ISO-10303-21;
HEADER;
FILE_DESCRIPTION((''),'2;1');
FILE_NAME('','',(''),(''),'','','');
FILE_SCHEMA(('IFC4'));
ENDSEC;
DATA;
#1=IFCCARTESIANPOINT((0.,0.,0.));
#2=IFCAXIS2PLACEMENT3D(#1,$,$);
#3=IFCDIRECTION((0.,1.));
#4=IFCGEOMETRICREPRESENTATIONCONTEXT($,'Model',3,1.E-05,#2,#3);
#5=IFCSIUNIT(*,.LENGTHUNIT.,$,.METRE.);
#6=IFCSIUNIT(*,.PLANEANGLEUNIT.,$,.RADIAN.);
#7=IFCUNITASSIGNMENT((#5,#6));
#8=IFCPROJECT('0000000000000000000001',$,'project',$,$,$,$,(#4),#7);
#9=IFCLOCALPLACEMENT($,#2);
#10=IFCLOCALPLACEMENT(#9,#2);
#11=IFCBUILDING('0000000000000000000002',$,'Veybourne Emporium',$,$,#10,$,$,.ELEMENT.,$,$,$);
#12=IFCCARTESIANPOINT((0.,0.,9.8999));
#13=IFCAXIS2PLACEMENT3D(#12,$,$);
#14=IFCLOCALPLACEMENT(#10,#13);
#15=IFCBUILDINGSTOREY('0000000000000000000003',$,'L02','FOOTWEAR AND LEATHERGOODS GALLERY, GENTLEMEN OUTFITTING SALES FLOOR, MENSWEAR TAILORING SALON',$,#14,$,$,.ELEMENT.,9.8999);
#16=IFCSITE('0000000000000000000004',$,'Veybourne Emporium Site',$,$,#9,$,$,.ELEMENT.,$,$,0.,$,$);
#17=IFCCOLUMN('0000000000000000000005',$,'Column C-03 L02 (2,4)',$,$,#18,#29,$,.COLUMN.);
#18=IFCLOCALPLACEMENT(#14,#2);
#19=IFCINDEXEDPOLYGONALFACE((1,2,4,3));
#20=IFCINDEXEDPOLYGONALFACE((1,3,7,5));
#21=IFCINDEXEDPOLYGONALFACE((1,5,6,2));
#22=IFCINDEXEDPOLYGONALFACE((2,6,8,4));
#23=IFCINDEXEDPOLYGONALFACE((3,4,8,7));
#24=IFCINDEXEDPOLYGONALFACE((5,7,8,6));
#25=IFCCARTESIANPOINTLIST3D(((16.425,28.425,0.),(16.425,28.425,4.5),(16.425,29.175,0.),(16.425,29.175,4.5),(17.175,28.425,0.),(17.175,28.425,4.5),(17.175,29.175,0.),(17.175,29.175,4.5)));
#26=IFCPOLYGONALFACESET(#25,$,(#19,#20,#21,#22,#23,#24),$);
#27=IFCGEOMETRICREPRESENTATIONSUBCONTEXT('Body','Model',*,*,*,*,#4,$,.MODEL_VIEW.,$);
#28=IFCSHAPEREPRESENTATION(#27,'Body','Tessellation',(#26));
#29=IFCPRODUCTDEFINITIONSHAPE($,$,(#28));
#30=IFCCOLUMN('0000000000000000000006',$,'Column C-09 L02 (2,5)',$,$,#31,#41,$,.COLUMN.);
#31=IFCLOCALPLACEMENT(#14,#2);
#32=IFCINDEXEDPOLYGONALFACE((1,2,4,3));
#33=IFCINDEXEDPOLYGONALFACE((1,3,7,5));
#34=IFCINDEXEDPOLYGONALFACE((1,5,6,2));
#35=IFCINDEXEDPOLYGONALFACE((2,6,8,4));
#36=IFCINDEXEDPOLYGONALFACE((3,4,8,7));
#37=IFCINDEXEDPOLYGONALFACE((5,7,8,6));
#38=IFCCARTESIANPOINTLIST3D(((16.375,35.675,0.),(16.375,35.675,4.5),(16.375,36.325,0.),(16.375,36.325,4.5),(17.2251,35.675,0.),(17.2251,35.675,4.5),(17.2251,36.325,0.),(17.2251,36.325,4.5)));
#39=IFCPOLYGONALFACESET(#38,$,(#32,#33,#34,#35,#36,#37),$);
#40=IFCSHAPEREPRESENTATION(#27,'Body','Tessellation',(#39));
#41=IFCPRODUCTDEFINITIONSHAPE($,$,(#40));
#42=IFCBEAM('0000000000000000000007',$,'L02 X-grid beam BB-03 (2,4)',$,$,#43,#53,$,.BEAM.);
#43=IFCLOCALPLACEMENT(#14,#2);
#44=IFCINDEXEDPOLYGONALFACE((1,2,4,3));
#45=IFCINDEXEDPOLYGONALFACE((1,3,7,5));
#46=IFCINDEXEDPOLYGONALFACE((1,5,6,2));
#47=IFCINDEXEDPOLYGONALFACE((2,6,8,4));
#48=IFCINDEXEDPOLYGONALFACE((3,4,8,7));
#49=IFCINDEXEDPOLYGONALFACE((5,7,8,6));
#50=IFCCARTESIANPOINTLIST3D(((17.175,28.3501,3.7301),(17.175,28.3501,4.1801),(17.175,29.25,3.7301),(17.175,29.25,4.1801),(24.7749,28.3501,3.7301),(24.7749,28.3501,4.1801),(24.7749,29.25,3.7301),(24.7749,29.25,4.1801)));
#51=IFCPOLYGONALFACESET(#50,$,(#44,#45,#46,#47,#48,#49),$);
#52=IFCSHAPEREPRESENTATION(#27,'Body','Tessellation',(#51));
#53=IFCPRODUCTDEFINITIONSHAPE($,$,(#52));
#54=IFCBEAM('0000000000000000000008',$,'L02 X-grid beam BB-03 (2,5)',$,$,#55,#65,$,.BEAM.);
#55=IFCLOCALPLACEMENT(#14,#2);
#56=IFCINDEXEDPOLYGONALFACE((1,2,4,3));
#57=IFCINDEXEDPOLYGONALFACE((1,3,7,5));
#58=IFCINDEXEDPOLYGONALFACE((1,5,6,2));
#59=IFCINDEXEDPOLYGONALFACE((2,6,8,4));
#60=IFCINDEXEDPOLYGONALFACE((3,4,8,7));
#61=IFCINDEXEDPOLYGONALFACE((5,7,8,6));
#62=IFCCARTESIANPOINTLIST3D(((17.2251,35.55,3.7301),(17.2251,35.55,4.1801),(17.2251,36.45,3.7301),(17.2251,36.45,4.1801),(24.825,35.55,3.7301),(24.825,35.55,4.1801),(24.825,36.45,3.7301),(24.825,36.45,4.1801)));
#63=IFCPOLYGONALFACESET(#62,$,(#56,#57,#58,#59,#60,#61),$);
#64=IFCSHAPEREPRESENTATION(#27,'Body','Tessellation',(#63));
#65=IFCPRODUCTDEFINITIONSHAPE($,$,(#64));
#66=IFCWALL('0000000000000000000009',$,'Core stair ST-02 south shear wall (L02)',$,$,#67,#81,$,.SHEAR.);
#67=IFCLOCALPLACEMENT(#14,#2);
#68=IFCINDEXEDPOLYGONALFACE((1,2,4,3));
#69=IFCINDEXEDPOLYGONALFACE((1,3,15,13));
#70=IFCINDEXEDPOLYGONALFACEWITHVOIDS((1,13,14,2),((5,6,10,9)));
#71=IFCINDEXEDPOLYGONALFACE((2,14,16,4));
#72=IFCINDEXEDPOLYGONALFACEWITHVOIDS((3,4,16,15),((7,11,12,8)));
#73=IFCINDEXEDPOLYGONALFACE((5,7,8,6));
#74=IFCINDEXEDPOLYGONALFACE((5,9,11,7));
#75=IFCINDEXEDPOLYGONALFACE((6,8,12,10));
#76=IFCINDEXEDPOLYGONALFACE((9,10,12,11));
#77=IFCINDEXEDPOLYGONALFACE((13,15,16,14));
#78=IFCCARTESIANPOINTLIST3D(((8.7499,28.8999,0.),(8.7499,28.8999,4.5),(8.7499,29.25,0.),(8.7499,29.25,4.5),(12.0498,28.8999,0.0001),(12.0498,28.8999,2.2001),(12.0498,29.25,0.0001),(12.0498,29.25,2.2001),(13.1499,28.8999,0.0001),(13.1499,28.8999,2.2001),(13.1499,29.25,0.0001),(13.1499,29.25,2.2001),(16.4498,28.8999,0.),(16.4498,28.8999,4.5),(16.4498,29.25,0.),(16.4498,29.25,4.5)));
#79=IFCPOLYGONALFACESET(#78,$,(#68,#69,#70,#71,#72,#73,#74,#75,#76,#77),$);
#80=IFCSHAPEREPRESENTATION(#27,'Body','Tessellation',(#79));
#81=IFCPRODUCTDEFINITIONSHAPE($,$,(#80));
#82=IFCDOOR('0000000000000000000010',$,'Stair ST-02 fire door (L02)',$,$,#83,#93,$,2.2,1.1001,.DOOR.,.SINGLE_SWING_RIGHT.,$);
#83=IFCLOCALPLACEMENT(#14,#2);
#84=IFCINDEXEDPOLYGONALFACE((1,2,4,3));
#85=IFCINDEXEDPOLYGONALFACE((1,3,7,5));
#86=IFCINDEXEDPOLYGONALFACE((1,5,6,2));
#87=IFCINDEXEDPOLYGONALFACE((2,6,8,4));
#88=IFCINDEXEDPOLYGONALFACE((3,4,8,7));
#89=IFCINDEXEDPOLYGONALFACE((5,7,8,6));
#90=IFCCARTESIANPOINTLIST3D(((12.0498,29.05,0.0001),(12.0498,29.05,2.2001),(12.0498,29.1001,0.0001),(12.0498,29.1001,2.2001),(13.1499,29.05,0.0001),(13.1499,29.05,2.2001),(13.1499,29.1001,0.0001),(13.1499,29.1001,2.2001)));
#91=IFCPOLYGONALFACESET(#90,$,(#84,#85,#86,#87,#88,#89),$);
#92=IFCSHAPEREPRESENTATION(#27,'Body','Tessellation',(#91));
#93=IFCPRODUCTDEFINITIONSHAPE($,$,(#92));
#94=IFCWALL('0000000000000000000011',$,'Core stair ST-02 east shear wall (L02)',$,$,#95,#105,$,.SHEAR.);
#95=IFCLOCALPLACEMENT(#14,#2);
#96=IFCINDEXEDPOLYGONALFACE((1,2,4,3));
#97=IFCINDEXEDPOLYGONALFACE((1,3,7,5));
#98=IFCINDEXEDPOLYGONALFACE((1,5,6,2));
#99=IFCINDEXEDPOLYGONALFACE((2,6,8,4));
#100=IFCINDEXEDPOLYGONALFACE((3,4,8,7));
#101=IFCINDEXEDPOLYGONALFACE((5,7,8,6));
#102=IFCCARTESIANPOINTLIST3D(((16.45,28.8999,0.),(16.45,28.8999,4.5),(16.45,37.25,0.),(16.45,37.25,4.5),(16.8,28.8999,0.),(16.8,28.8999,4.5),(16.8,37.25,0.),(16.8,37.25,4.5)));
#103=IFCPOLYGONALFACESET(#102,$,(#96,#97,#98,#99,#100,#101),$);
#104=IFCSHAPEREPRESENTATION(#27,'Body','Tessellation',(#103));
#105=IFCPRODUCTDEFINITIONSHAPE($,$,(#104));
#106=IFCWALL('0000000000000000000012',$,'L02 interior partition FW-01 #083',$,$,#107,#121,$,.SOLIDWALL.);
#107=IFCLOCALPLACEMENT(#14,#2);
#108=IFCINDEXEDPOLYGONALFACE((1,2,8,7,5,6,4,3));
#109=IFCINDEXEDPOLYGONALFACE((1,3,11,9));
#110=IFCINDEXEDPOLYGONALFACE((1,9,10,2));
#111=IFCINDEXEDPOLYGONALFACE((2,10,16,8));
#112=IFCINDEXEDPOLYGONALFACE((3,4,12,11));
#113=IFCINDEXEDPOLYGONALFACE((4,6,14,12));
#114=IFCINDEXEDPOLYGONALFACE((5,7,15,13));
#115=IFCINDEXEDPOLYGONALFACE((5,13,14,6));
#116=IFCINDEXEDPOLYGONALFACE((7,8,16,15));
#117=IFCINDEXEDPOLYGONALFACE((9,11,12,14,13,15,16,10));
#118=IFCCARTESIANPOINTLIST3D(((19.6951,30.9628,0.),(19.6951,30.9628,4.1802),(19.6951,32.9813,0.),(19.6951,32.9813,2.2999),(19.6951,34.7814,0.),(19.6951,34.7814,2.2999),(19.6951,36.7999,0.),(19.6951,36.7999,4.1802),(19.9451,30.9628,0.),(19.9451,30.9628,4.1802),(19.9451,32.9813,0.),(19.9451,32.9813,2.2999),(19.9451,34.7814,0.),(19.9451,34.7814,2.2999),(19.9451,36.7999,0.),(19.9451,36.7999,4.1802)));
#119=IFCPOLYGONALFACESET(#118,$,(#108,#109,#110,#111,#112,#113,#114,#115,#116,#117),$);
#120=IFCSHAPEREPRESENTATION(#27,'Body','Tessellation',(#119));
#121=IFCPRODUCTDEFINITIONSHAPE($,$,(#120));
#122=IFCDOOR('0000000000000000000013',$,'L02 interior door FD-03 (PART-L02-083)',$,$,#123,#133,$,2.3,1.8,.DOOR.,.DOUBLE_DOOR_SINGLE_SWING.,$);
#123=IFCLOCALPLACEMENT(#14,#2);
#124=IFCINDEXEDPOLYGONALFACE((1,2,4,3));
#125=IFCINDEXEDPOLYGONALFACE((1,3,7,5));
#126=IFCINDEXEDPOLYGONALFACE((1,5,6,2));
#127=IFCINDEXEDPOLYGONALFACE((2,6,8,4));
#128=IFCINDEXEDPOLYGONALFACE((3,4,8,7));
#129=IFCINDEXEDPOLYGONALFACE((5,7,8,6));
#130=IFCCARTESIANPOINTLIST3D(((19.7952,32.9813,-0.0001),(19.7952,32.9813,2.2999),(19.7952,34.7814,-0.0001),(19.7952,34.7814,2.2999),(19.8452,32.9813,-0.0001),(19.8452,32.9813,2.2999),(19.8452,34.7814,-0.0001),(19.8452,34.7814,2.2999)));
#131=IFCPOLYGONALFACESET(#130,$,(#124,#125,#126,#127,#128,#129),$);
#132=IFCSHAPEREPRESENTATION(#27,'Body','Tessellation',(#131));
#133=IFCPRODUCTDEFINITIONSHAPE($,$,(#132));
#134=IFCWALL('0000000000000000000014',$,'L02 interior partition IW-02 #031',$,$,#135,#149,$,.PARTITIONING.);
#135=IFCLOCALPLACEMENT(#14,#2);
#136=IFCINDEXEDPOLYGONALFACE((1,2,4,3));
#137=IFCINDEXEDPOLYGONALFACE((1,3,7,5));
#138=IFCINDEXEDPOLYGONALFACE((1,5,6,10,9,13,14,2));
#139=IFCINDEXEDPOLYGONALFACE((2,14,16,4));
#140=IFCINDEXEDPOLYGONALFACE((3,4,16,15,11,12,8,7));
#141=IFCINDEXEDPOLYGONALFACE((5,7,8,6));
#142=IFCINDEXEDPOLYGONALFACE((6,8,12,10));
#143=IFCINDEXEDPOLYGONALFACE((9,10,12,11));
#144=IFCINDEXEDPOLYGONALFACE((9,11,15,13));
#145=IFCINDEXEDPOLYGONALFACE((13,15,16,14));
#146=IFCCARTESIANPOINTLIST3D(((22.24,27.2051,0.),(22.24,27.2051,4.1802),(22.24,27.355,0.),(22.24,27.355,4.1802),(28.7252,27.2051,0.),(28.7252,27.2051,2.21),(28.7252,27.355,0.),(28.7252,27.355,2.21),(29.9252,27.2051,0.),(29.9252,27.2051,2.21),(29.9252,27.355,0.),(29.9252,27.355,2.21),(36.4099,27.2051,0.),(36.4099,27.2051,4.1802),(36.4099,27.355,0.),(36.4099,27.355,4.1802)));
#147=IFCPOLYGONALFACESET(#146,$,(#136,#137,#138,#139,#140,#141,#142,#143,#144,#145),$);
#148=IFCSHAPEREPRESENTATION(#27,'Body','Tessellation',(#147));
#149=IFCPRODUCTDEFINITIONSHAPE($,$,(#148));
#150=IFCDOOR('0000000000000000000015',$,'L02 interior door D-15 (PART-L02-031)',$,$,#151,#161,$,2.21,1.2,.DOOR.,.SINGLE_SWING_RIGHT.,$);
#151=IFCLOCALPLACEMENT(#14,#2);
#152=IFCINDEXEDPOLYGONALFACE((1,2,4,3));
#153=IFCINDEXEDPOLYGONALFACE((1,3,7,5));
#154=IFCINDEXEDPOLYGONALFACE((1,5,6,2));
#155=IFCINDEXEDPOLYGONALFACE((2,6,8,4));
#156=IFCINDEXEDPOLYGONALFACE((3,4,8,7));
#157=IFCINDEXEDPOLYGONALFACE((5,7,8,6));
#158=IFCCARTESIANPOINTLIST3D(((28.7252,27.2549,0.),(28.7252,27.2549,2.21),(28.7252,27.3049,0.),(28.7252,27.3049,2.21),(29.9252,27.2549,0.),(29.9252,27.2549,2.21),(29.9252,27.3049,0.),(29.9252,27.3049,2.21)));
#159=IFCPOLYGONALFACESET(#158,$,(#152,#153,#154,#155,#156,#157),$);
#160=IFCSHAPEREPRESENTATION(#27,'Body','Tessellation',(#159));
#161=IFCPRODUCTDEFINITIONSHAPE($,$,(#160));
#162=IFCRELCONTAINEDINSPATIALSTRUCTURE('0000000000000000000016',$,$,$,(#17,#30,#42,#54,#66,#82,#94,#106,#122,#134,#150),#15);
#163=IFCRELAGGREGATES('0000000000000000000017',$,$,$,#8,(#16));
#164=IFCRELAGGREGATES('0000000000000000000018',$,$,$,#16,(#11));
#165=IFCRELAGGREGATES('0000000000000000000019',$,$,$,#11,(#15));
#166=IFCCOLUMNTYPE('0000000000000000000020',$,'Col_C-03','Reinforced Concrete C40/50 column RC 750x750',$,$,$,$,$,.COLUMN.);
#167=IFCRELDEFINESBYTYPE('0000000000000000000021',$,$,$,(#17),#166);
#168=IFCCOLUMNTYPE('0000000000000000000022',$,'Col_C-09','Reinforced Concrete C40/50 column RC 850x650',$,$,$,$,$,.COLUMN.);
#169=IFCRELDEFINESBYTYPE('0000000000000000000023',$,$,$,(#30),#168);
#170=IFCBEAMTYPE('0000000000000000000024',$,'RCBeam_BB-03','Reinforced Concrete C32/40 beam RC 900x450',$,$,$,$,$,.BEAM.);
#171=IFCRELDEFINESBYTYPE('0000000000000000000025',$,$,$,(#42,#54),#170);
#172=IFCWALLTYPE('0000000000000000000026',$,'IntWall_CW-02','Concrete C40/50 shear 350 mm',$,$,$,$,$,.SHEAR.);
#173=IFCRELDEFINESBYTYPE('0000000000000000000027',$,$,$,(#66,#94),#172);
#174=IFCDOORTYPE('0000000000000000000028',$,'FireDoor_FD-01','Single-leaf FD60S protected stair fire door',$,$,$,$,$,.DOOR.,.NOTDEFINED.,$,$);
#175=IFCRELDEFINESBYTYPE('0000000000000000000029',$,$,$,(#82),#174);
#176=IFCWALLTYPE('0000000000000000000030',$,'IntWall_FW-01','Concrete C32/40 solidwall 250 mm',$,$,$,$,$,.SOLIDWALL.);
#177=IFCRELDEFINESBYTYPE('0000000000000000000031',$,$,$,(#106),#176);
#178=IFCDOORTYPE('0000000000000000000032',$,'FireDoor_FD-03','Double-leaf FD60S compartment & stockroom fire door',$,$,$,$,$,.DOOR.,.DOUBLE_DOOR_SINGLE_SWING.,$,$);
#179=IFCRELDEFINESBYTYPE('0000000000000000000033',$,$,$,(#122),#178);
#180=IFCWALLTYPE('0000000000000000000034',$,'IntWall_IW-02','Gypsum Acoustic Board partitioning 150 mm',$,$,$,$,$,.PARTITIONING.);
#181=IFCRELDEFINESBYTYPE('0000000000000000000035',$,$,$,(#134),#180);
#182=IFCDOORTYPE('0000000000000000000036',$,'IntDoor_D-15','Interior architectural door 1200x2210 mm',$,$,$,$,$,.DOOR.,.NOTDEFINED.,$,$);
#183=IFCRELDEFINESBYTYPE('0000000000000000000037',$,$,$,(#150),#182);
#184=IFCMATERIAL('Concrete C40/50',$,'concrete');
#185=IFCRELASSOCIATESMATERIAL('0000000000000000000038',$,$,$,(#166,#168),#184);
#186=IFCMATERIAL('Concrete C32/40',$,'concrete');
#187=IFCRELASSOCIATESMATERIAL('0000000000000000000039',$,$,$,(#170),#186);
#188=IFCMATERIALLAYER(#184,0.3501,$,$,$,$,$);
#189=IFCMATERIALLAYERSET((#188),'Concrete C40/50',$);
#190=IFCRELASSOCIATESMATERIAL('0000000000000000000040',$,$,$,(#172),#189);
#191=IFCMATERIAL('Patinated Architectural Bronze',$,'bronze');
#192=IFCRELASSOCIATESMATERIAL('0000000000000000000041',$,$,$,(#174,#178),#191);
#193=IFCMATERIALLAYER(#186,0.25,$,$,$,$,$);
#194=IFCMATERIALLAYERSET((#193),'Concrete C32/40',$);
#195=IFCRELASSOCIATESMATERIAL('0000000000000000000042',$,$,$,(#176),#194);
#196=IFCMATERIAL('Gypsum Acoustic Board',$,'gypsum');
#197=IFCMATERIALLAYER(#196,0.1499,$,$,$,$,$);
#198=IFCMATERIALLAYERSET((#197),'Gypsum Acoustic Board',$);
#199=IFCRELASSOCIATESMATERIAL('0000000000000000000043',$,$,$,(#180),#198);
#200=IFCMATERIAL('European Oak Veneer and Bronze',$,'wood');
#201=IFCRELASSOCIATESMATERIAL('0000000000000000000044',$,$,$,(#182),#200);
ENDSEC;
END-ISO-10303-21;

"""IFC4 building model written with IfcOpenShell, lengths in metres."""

from ifc_helpers import new_model, si_unit, direction, frame, frame_2d, origin, origin_2d, place, context, subcontext, project, spatial, rectangle, extrude, material, layer, layer_set, material_profile, profile_set, type_object, element, fill, save


model = new_model("IFC4")

# Units and contexts
model_context = context("Model", 3, precision=1e-05, world=origin(), true_north=direction((0.0, 1.0)))
body_context = subcontext(model_context, "Body", "Model", "MODEL_VIEW")
ifc_project = project(units=[si_unit("LENGTHUNIT", "METRE"), si_unit("PLANEANGLEUNIT", "RADIAN")], contexts=[model_context])

# Site, building, storey
site_placement = place(None, origin())
site = spatial("IfcSite", under=ifc_project, at=site_placement, Name="Veybourne Emporium Site", CompositionType="ELEMENT", RefElevation=0.0)
building_placement = place(site_placement, origin())
building = spatial("IfcBuilding", under=site, at=building_placement, Name="Veybourne Emporium", CompositionType="ELEMENT")
storey_placement = place(building_placement, frame((0.0, 0.0, 9.8999)))
storey = spatial("IfcBuildingStorey", under=building, at=storey_placement, Name="L02", Description="FOOTWEAR AND LEATHERGOODS GALLERY, GENTLEMEN OUTFITTING SALES FLOOR, MENSWEAR TAILORING SALON", CompositionType="ELEMENT", Elevation=9.8999)

# Columns
ifc_material_1 = material(Name="Concrete C40/50", Category="concrete")
ifc_material_profile_1 = material_profile(ifc_material_1, rectangle(XDim=0.75, YDim=0.75, at=origin_2d()), Name="RC 750x750")
ifc_profile_set_1 = profile_set([ifc_material_profile_1], Name="Concrete C40/50")
column_type_1 = type_object("IfcColumnType", Name="Col_C-03", Description="Reinforced Concrete C40/50 column RC 750x750", PredefinedType="COLUMN", material=ifc_profile_set_1)
column_1_placement = place(storey_placement, frame((16.8, 28.8, 0.0), z_axis=(0.0, 0.0, 1.0), x_axis=(1.0, 0.0, 0.0)))
element("IfcColumn", 1, at=column_1_placement, inside=storey, type_object=column_type_1, Name="Column C-03 L02 (2,4)", PredefinedType="COLUMN", context=body_context, shape_type="SweptSolid", body=[
    extrude(rectangle(XDim=0.75, YDim=0.75, at=origin_2d()), origin(), (0.0, 0.0, 1.0), 4.5),
])
ifc_material_profile_2 = material_profile(ifc_material_1, rectangle(XDim=0.8501, YDim=0.6499, at=origin_2d()), Name="RC 850x650")
ifc_profile_set_2 = profile_set([ifc_material_profile_2], Name="Concrete C40/50")
column_type_2 = type_object("IfcColumnType", Name="Col_C-09", Description="Reinforced Concrete C40/50 column RC 850x650", PredefinedType="COLUMN", material=ifc_profile_set_2)
column_2_placement = place(storey_placement, frame((16.8, 36.0, 0.0), z_axis=(0.0, 0.0, 1.0), x_axis=(1.0, 0.0, 0.0)))
element("IfcColumn", 2, at=column_2_placement, inside=storey, type_object=column_type_2, Name="Column C-09 L02 (2,5)", PredefinedType="COLUMN", context=body_context, shape_type="SweptSolid", body=[
    extrude(rectangle(XDim=0.8501, YDim=0.6499, at=origin_2d()), origin(), (0.0, 0.0, 1.0), 4.5),
])

# Beams
ifc_material_2 = material(Name="Concrete C32/40", Category="concrete")
ifc_material_profile_3 = material_profile(ifc_material_2, rectangle(XDim=0.8999, YDim=0.45, at=origin_2d()), Name="RC 900x450")
ifc_profile_set_3 = profile_set([ifc_material_profile_3], Name="Concrete C32/40")
beam_type = type_object("IfcBeamType", Name="RCBeam_BB-03", Description="Reinforced Concrete C32/40 beam RC 900x450", PredefinedType="BEAM", material=ifc_profile_set_3)
for number, where, z_axis, x_axis, name in (
    (3, (17.175, 28.8, 3.9551), (1.0, 0.0, 0.0), (0.0, 1.0, 0.0), "L02 X-grid beam BB-03 (2,4)"),
    (4, (17.2251, 36.0, 3.9551), (1.0, 0.0, 0.0), (0.0, 1.0, 0.0), "L02 X-grid beam BB-03 (2,5)"),
):
    element("IfcBeam", number, at=place(storey_placement, frame(where, z_axis=z_axis, x_axis=x_axis)), inside=storey, type_object=beam_type, Name=name, PredefinedType="BEAM", context=body_context, shape_type="SweptSolid", body=[
        extrude(rectangle(XDim=0.8999, YDim=0.45, at=origin_2d()), origin(), (0.0, 0.0, 1.0), 7.5999),
    ])

# Wall, opening, door
ifc_layer_1 = layer(ifc_material_1, 0.3501)
ifc_layer_set_1 = layer_set([ifc_layer_1], Name="Concrete C40/50")
wall_type_1 = type_object("IfcWallType", Name="IntWall_CW-02", Description="Concrete C40/50 shear 350 mm", PredefinedType="SHEAR", material=ifc_layer_set_1)
wall_1_placement = place(storey_placement, frame((16.45, 29.075, 0.0), z_axis=(0.0, 0.0, 1.0), x_axis=(-1.0, 0.0, 0.0)))
wall_1 = element("IfcWall", 5, at=wall_1_placement, inside=storey, type_object=wall_type_1, Name="Core stair ST-02 south shear wall (L02)", PredefinedType="SHEAR", context=body_context, shape_type="SweptSolid", body=[
    extrude(rectangle(XDim=7.7, YDim=0.3501, at=frame_2d((3.8501, 0.0))), origin(), (0.0, 0.0, 1.0), 4.5),
])
opening_1_placement = place(wall_1_placement, frame((3.3, 0.0, 0.0)))
opening_1 = element("IfcOpeningElement", 6, at=opening_1_placement, cuts=wall_1, PredefinedType="OPENING", context=body_context, shape_type="SweptSolid", body=[
    extrude(rectangle(XDim=1.1001, YDim=2.2, at=frame_2d((0.55, 1.1001))), frame((0.0, 0.1951, 0.0), z_axis=(0.0, -1.0, 0.0), x_axis=(1.0, 0.0, 0.0)), (0.0, 0.0, 1.0), 0.3901),
])
ifc_material_3 = material(Name="Patinated Architectural Bronze", Category="bronze")
door_type_1 = type_object("IfcDoorType", Name="FireDoor_FD-01", Description="Single-leaf FD60S protected stair fire door", OperationType="NOTDEFINED", PredefinedType="DOOR", material=ifc_material_3)
door_1_placement = place(opening_1_placement, origin())
door_1 = element("IfcDoor", 7, at=door_1_placement, inside=storey, type_object=door_type_1, Name="Stair ST-02 fire door (L02)", OperationType="SINGLE_SWING_RIGHT", OverallHeight=2.2, OverallWidth=1.1001, PredefinedType="DOOR", context=body_context, shape_type="SweptSolid", body=[
    extrude(rectangle(XDim=1.1001, YDim=2.2, at=frame_2d((0.55, 1.1001))), frame((0.0, 0.0249, 0.0), z_axis=(0.0, -1.0, 0.0), x_axis=(1.0, 0.0, 0.0)), (0.0, 0.0, 1.0), 0.05),
])
fill(opening_1, door_1)

# Wall
wall_2_placement = place(storey_placement, frame((16.625, 28.8999, 0.0), z_axis=(0.0, 0.0, 1.0), x_axis=(0.0, 1.0, 0.0)))
element("IfcWall", 8, at=wall_2_placement, inside=storey, type_object=wall_type_1, Name="Core stair ST-02 east shear wall (L02)", PredefinedType="SHEAR", context=body_context, shape_type="SweptSolid", body=[
    extrude(rectangle(XDim=8.3501, YDim=0.3501, at=frame_2d((4.175, 0.0))), origin(), (0.0, 0.0, 1.0), 4.5),
])

# Walls, openings, doors
ifc_layer_2 = layer(ifc_material_2, 0.25)
ifc_layer_set_2 = layer_set([ifc_layer_2], Name="Concrete C32/40")
wall_type_2 = type_object("IfcWallType", Name="IntWall_FW-01", Description="Concrete C32/40 solidwall 250 mm", PredefinedType="SOLIDWALL", material=ifc_layer_set_2)
wall_3_placement = place(storey_placement, frame((19.8201, 30.9629, 0.0), z_axis=(0.0, 0.0, 1.0), x_axis=(0.0, 1.0, 0.0)))
wall_3 = element("IfcWall", 9, at=wall_3_placement, inside=storey, type_object=wall_type_2, Name="L02 interior partition FW-01 #083", PredefinedType="SOLIDWALL", context=body_context, shape_type="SweptSolid", body=[
    extrude(rectangle(XDim=5.8372, YDim=0.25, at=frame_2d((2.9185, 0.0))), origin(), (0.0, 0.0, 1.0), 4.1802),
])
opening_2_placement = place(wall_3_placement, frame((2.0186, 0.0, 0.0)))
opening_2 = element("IfcOpeningElement", 10, at=opening_2_placement, cuts=wall_3, PredefinedType="OPENING", context=body_context, shape_type="SweptSolid", body=[
    extrude(rectangle(XDim=1.8, YDim=2.3, at=frame_2d((0.8999, 1.1499))), frame((0.0, 0.145, 0.0), z_axis=(0.0, -1.0, 0.0), x_axis=(1.0, 0.0, 0.0)), (0.0, 0.0, 1.0), 0.29),
])
door_type_2 = type_object("IfcDoorType", Name="FireDoor_FD-03", Description="Double-leaf FD60S compartment & stockroom fire door", OperationType="DOUBLE_DOOR_SINGLE_SWING", PredefinedType="DOOR", material=ifc_material_3)
door_2_placement = place(opening_2_placement, origin())
door_2 = element("IfcDoor", 11, at=door_2_placement, inside=storey, type_object=door_type_2, Name="L02 interior door FD-03 (PART-L02-083)", OperationType="DOUBLE_DOOR_SINGLE_SWING", OverallHeight=2.3, OverallWidth=1.8, PredefinedType="DOOR", context=body_context, shape_type="SweptSolid", body=[
    extrude(rectangle(XDim=1.8, YDim=2.3, at=frame_2d((0.8999, 1.1499))), frame((0.0, 0.0249, 0.0), z_axis=(0.0, -1.0, 0.0), x_axis=(1.0, 0.0, 0.0)), (0.0, 0.0, 1.0), 0.05),
])
fill(opening_2, door_2)
ifc_material_4 = material(Name="Gypsum Acoustic Board", Category="gypsum")
ifc_layer_3 = layer(ifc_material_4, 0.1499)
ifc_layer_set_3 = layer_set([ifc_layer_3], Name="Gypsum Acoustic Board")
wall_type_3 = type_object("IfcWallType", Name="IntWall_IW-02", Description="Gypsum Acoustic Board partitioning 150 mm", PredefinedType="PARTITIONING", material=ifc_layer_set_3)
wall_4_placement = place(storey_placement, frame((22.24, 27.28, 0.0), z_axis=(0.0, 0.0, 1.0), x_axis=(1.0, 0.0, 0.0)))
wall_4 = element("IfcWall", 12, at=wall_4_placement, inside=storey, type_object=wall_type_3, Name="L02 interior partition IW-02 #031", PredefinedType="PARTITIONING", context=body_context, shape_type="SweptSolid", body=[
    extrude(rectangle(XDim=14.1699, YDim=0.1499, at=frame_2d((7.085, 0.0))), origin(), (0.0, 0.0, 1.0), 4.1802),
])
opening_3_placement = place(wall_4_placement, frame((6.4851, 0.0, 0.0)))
opening_3 = element("IfcOpeningElement", 13, at=opening_3_placement, cuts=wall_4, PredefinedType="OPENING", context=body_context, shape_type="SweptSolid", body=[
    extrude(rectangle(XDim=1.2, YDim=2.21, at=frame_2d((0.6001, 1.105))), frame((0.0, 0.095, 0.0), z_axis=(0.0, -1.0, 0.0), x_axis=(1.0, 0.0, 0.0)), (0.0, 0.0, 1.0), 0.1899),
])
ifc_material_5 = material(Name="European Oak Veneer and Bronze", Category="wood")
door_type_3 = type_object("IfcDoorType", Name="IntDoor_D-15", Description="Interior architectural door 1200x2210 mm", OperationType="NOTDEFINED", PredefinedType="DOOR", material=ifc_material_5)
door_3_placement = place(opening_3_placement, origin())
door_3 = element("IfcDoor", 14, at=door_3_placement, inside=storey, type_object=door_type_3, Name="L02 interior door D-15 (PART-L02-031)", OperationType="SINGLE_SWING_RIGHT", OverallHeight=2.21, OverallWidth=1.2, PredefinedType="DOOR", context=body_context, shape_type="SweptSolid", body=[
    extrude(rectangle(XDim=1.2, YDim=2.21, at=frame_2d((0.6001, 1.105))), frame((0.0, 0.0249, 0.0), z_axis=(0.0, -1.0, 0.0), x_axis=(1.0, 0.0, 0.0)), (0.0, 0.0, 1.0), 0.05),
])
fill(opening_3, door_3)

save(model, "model.ifc")
